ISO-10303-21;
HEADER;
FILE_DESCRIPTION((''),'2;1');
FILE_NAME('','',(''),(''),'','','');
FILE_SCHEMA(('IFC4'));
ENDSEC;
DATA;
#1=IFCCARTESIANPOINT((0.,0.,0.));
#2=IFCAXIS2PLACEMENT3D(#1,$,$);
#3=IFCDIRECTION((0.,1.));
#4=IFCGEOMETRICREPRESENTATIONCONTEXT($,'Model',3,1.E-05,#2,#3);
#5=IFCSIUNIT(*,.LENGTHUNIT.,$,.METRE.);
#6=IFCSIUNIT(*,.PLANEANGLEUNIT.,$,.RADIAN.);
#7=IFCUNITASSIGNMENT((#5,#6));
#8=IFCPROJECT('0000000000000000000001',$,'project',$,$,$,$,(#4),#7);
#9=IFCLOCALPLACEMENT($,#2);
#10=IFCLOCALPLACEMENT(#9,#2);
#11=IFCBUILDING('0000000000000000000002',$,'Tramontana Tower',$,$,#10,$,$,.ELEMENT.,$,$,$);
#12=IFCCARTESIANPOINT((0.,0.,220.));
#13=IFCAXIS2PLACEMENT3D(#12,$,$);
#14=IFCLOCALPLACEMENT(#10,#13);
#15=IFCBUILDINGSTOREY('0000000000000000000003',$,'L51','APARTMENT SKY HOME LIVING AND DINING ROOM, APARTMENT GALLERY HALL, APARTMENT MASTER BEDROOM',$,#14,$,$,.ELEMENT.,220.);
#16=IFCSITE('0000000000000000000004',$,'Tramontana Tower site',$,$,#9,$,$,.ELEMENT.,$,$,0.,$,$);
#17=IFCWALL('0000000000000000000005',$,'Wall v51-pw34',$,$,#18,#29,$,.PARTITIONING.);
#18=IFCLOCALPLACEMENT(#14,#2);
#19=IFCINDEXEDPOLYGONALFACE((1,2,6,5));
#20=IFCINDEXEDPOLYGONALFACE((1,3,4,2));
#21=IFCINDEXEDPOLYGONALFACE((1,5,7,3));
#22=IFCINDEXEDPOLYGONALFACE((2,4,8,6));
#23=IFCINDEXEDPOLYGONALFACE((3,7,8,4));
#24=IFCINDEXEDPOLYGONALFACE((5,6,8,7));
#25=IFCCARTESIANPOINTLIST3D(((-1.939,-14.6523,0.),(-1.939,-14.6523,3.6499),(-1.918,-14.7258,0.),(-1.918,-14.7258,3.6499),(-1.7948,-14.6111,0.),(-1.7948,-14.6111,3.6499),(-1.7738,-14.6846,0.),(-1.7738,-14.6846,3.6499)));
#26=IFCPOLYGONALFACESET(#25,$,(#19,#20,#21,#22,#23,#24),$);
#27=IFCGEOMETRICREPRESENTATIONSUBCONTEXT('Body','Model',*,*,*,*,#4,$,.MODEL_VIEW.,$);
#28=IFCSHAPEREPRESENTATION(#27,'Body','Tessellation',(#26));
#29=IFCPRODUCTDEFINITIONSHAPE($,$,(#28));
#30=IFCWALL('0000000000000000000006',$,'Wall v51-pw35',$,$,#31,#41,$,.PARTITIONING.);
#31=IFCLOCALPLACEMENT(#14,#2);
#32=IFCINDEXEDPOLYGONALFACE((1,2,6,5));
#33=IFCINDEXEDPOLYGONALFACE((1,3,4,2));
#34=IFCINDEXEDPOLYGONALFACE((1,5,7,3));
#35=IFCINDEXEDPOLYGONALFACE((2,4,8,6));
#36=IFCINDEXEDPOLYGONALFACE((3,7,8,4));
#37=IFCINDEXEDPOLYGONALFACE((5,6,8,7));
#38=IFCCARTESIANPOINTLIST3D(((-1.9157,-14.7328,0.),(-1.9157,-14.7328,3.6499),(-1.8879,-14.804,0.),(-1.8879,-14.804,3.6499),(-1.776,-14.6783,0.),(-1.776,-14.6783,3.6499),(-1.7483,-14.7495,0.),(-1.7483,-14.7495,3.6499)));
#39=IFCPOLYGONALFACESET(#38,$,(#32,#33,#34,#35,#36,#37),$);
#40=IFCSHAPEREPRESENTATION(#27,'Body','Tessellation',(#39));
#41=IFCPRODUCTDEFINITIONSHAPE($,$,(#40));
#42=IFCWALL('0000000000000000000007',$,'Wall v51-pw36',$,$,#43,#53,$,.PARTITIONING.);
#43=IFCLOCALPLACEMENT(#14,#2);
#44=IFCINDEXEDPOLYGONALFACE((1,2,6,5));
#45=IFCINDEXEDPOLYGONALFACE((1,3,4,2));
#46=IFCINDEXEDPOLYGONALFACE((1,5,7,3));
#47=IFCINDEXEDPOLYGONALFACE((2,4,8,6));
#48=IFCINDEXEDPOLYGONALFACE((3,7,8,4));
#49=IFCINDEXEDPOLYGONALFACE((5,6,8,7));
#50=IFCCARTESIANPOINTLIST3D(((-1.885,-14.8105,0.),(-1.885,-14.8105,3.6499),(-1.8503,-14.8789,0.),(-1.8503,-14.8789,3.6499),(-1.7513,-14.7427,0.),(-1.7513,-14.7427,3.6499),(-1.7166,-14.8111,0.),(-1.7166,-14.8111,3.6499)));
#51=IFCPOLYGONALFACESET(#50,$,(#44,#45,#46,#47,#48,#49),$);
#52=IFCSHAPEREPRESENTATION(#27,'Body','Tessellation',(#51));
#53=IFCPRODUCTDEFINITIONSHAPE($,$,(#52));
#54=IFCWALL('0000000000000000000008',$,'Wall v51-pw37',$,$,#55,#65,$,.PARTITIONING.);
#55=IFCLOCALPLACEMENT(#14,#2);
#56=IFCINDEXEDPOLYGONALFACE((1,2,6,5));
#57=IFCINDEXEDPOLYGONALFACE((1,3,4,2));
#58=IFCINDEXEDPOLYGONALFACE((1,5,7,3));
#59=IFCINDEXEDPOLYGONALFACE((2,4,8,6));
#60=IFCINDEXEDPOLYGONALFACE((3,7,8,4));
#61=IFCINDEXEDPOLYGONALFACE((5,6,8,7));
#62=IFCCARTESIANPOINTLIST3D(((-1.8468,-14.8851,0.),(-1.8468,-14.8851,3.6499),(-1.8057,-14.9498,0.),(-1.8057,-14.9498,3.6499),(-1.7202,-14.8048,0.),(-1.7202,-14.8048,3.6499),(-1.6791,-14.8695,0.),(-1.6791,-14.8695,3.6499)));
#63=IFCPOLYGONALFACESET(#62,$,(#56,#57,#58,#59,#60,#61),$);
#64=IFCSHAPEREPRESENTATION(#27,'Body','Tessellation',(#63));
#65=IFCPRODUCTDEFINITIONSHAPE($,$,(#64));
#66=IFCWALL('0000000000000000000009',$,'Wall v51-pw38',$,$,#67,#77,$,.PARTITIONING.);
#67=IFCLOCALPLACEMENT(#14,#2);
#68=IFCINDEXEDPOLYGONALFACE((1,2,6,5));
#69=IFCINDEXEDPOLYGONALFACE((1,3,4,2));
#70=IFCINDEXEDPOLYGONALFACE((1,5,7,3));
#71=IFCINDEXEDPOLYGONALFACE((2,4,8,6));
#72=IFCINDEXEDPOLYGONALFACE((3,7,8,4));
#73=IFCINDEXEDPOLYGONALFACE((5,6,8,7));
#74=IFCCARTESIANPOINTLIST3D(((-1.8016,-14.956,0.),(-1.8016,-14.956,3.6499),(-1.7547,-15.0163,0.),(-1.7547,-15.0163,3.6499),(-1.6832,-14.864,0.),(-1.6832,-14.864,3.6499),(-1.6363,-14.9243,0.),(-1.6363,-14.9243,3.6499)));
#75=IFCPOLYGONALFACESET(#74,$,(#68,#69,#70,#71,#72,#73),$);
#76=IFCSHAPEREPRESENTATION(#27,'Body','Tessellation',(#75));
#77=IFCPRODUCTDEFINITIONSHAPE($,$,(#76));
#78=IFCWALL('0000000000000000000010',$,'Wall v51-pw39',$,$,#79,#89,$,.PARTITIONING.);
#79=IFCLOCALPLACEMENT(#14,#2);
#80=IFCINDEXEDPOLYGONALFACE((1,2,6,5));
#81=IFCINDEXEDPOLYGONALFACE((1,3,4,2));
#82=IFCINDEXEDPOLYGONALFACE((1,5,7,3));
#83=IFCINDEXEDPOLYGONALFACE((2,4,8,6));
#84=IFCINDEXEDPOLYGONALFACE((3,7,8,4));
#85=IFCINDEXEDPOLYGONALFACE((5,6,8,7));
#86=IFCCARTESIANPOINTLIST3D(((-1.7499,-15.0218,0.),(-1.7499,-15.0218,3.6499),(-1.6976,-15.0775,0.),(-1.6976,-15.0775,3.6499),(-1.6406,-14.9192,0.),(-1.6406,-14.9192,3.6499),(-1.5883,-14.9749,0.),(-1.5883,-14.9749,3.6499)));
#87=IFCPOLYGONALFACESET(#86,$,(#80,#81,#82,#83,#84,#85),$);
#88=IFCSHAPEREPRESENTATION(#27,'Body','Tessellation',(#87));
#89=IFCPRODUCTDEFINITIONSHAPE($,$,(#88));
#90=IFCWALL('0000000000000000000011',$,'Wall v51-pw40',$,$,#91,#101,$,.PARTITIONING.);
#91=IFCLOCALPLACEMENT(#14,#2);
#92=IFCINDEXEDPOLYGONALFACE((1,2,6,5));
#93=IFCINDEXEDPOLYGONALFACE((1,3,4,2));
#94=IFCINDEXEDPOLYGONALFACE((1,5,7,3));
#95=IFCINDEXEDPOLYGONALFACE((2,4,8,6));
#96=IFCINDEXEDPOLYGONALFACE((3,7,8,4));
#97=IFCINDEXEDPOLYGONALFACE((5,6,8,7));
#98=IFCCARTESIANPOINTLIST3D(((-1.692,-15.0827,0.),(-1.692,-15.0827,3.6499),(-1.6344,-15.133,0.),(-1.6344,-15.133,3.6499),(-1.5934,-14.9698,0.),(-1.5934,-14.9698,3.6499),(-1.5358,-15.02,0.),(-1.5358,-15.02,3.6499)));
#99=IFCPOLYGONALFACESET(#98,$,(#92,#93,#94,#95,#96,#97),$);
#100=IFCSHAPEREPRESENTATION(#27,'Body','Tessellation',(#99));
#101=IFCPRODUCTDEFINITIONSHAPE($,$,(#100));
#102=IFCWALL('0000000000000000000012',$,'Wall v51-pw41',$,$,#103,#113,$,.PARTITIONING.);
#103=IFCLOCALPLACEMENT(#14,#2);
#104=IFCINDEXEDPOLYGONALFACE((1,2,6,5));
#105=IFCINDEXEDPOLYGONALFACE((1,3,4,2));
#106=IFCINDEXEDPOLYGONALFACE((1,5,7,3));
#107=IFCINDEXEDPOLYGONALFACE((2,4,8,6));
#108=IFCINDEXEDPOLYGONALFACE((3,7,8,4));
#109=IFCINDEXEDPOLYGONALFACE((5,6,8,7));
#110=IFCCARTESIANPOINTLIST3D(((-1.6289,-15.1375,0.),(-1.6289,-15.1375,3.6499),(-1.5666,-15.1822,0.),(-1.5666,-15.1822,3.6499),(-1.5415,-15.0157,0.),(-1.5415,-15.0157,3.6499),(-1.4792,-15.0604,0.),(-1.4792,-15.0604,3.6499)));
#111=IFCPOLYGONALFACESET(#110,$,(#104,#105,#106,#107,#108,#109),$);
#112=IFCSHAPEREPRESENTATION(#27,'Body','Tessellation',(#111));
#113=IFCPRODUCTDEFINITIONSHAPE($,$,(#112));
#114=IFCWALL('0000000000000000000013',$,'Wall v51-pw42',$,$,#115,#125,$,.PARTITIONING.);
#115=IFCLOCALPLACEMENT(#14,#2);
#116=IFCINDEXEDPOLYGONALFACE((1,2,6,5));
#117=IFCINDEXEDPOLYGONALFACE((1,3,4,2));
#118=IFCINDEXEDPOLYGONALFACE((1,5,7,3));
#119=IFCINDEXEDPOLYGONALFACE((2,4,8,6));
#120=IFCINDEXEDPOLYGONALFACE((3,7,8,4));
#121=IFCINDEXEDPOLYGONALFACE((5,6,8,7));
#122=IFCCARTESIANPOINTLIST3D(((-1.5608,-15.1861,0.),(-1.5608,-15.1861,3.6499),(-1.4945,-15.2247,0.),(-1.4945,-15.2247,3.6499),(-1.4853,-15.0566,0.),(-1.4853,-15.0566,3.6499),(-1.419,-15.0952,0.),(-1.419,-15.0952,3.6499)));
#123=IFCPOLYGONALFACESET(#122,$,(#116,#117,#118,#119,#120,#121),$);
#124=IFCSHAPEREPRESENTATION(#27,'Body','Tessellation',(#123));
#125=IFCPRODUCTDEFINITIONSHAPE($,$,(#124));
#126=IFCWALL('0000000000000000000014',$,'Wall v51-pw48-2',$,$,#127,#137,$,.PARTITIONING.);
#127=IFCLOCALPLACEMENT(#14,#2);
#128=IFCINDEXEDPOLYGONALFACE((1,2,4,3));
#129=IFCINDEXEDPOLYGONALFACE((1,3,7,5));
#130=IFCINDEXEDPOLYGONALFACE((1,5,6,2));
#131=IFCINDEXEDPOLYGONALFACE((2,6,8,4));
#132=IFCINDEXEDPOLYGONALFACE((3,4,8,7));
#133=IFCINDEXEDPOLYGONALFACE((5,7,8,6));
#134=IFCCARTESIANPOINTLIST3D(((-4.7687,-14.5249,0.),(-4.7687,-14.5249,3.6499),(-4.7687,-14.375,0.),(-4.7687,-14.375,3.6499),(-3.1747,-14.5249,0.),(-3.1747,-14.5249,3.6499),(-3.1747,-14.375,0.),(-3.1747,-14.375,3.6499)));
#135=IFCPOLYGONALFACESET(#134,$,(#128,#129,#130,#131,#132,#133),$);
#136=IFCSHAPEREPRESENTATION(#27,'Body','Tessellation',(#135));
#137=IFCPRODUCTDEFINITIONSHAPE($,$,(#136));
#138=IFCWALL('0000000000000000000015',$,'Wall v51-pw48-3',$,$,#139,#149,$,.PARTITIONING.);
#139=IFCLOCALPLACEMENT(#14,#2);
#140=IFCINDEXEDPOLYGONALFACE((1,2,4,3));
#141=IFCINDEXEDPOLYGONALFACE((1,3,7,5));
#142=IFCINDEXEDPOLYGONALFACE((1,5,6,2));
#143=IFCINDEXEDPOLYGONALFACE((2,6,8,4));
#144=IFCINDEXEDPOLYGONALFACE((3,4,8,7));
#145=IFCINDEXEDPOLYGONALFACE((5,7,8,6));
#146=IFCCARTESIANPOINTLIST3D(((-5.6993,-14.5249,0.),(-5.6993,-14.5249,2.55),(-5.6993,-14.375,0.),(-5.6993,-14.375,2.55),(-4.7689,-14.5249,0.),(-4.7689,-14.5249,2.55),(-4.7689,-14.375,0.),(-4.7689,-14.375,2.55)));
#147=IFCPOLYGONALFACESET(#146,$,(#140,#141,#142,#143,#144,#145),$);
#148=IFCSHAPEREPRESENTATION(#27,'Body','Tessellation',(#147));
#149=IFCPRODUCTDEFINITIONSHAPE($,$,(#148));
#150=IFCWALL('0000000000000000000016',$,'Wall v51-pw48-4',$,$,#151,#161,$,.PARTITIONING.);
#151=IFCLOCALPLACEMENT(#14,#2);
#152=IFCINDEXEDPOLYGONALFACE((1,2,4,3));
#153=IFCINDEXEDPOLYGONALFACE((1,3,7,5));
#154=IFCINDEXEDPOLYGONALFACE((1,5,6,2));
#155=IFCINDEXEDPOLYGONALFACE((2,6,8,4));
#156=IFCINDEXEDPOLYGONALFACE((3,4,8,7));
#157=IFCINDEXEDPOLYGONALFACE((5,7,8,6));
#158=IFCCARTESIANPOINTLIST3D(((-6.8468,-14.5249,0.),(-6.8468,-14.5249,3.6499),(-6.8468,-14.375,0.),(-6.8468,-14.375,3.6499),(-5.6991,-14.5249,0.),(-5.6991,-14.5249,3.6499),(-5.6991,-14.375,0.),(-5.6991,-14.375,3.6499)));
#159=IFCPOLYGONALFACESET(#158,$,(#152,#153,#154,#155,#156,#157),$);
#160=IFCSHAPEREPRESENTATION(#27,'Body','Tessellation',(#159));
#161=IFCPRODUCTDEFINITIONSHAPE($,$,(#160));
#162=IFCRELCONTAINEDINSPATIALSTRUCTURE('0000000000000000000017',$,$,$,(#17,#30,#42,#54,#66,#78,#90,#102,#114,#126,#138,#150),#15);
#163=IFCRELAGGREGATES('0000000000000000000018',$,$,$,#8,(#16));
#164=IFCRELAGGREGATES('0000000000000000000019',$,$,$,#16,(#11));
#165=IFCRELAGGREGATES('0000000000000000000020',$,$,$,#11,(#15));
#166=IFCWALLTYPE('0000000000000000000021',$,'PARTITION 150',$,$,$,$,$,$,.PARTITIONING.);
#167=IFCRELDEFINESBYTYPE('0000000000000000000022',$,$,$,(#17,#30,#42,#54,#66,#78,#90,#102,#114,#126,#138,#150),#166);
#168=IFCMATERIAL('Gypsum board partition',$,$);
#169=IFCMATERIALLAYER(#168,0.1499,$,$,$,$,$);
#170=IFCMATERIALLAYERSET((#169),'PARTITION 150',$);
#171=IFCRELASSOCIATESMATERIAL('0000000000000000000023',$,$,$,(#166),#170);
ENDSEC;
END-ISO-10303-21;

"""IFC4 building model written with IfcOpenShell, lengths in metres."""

from ifc_helpers import new_model, si_unit, direction, frame, frame_2d, origin, place, context, subcontext, project, spatial, rectangle, extrude, material, layer, layer_set, type_object, element, save


model = new_model("IFC4")

# Units and contexts
model_context = context("Model", 3, precision=1e-05, world=origin(), true_north=direction((0.0, 1.0)))
body_context = subcontext(model_context, "Body", "Model", "MODEL_VIEW")
ifc_project = project(units=[si_unit("LENGTHUNIT", "METRE"), si_unit("PLANEANGLEUNIT", "RADIAN")], contexts=[model_context])

# Site, building, storey
site_placement = place(None, origin())
site = spatial("IfcSite", under=ifc_project, at=site_placement, Name="Tramontana Tower site", CompositionType="ELEMENT", RefElevation=0.0)
building_placement = place(site_placement, origin())
building = spatial("IfcBuilding", under=site, at=building_placement, Name="Tramontana Tower", CompositionType="ELEMENT")
storey_placement = place(building_placement, frame((0.0, 0.0, 220.0)))
storey = spatial("IfcBuildingStorey", under=building, at=storey_placement, Name="L51", Description="APARTMENT SKY HOME LIVING AND DINING ROOM, APARTMENT GALLERY HALL, APARTMENT MASTER BEDROOM", CompositionType="ELEMENT", Elevation=220.0)

# Shared definitions
ifc_material_1 = material(Name="Gypsum board partition")
ifc_layer_1 = layer(ifc_material_1, 0.1499)
ifc_layer_set_1 = layer_set([ifc_layer_1], Name="PARTITION 150")
wall_type_1 = type_object("IfcWallType", Name="PARTITION 150", PredefinedType="PARTITIONING", material=ifc_layer_set_1)

# Walls
for number, where, z_axis, x_axis, name in (
    (1, (-1.8459, -14.7051, 0.0), (0.0, 0.0, 1.0), (-0.274721, 0.961524, 0.0), "Wall v51-pw34"),
    (2, (-1.8181, -14.7766, 0.0), (0.0, 0.0, 1.0), (-0.363678, 0.931525, 0.0), "Wall v51-pw35"),
):
    element("IfcWall", number, at=place(storey_placement, frame(where, z_axis=z_axis, x_axis=x_axis)), inside=storey, type_object=wall_type_1, Name=name, PredefinedType="PARTITIONING", context=body_context, shape_type="SweptSolid", body=[
        extrude(rectangle(XDim=0.0764, YDim=0.1499, at=frame_2d((0.0381, 0.0))), origin(), (0.0, 0.0, 1.0), 3.6499),
    ])
for number, where, z_axis, x_axis, name in (
    (3, (-1.7834, -14.845, 0.0), (0.0, 0.0, 1.0), (-0.452303, 0.891864, 0.0), "Wall v51-pw36"),
    (4, (-1.7424, -14.9097, 0.0), (0.0, 0.0, 1.0), (-0.535431, 0.844579, 0.0), "Wall v51-pw37"),
):
    element("IfcWall", number, at=place(storey_placement, frame(where, z_axis=z_axis, x_axis=x_axis)), inside=storey, type_object=wall_type_1, Name=name, PredefinedType="PARTITIONING", context=body_context, shape_type="SweptSolid", body=[
        extrude(rectangle(XDim=0.0767, YDim=0.1499, at=frame_2d((0.0383, 0.0))), origin(), (0.0, 0.0, 1.0), 3.6499),
    ])
for number, where, z_axis, x_axis, name in (
    (5, (-1.6956, -14.9702, 0.0), (0.0, 0.0, 1.0), (-0.613719, 0.789524, 0.0), "Wall v51-pw38"),
    (6, (-1.6431, -15.0261, 0.0), (0.0, 0.0, 1.0), (-0.684367, 0.729138, 0.0), "Wall v51-pw39"),
    (7, (-1.5852, -15.0764, 0.0), (0.0, 0.0, 1.0), (-0.753367, 0.6576, 0.0), "Wall v51-pw40"),
):
    element("IfcWall", number, at=place(storey_placement, frame(where, z_axis=z_axis, x_axis=x_axis)), inside=storey, type_object=wall_type_1, Name=name, PredefinedType="PARTITIONING", context=body_context, shape_type="SweptSolid", body=[
        extrude(rectangle(XDim=0.0764, YDim=0.1499, at=frame_2d((0.0381, 0.0))), origin(), (0.0, 0.0, 1.0), 3.6499),
    ])
for number, where, z_axis, x_axis, name in (
    (8, (-1.5229, -15.1213, 0.0), (0.0, 0.0, 1.0), (-0.81244, 0.583045, 0.0), "Wall v51-pw41"),
    (9, (-1.4568, -15.1599, 0.0), (0.0, 0.0, 1.0), (-0.863894, 0.503673, 0.0), "Wall v51-pw42"),
):
    element("IfcWall", number, at=place(storey_placement, frame(where, z_axis=z_axis, x_axis=x_axis)), inside=storey, type_object=wall_type_1, Name=name, PredefinedType="PARTITIONING", context=body_context, shape_type="SweptSolid", body=[
        extrude(rectangle(XDim=0.0767, YDim=0.1499, at=frame_2d((0.0383, 0.0))), origin(), (0.0, 0.0, 1.0), 3.6499),
    ])

# Walls
wall_1_placement = place(storey_placement, frame((-3.1748, -14.45, 0.0), z_axis=(0.0, 0.0, 1.0), x_axis=(-1.0, 0.0, 0.0)))
element("IfcWall", 10, at=wall_1_placement, inside=storey, type_object=wall_type_1, Name="Wall v51-pw48-2", PredefinedType="PARTITIONING", context=body_context, shape_type="SweptSolid", body=[
    extrude(rectangle(XDim=1.594, YDim=0.1499, at=frame_2d((0.7969, 0.0))), origin(), (0.0, 0.0, 1.0), 3.6499),
])
wall_2_placement = place(storey_placement, frame((-4.7688, -14.45, 0.0), z_axis=(0.0, 0.0, 1.0), x_axis=(-1.0, 0.0, 0.0)))
element("IfcWall", 11, at=wall_2_placement, inside=storey, type_object=wall_type_1, Name="Wall v51-pw48-3", PredefinedType="PARTITIONING", context=body_context, shape_type="SweptSolid", body=[
    extrude(rectangle(XDim=0.9304, YDim=0.1499, at=frame_2d((0.4653, 0.0))), origin(), (0.0, 0.0, 1.0), 2.55),
])
wall_3_placement = place(storey_placement, frame((-5.6992, -14.45, 0.0), z_axis=(0.0, 0.0, 1.0), x_axis=(-1.0, 0.0, 0.0)))
element("IfcWall", 12, at=wall_3_placement, inside=storey, type_object=wall_type_1, Name="Wall v51-pw48-4", PredefinedType="PARTITIONING", context=body_context, shape_type="SweptSolid", body=[
    extrude(rectangle(XDim=1.1477, YDim=0.1499, at=frame_2d((0.5737, 0.0))), origin(), (0.0, 0.0, 1.0), 3.6499),
])

save(model, "model.ifc")
